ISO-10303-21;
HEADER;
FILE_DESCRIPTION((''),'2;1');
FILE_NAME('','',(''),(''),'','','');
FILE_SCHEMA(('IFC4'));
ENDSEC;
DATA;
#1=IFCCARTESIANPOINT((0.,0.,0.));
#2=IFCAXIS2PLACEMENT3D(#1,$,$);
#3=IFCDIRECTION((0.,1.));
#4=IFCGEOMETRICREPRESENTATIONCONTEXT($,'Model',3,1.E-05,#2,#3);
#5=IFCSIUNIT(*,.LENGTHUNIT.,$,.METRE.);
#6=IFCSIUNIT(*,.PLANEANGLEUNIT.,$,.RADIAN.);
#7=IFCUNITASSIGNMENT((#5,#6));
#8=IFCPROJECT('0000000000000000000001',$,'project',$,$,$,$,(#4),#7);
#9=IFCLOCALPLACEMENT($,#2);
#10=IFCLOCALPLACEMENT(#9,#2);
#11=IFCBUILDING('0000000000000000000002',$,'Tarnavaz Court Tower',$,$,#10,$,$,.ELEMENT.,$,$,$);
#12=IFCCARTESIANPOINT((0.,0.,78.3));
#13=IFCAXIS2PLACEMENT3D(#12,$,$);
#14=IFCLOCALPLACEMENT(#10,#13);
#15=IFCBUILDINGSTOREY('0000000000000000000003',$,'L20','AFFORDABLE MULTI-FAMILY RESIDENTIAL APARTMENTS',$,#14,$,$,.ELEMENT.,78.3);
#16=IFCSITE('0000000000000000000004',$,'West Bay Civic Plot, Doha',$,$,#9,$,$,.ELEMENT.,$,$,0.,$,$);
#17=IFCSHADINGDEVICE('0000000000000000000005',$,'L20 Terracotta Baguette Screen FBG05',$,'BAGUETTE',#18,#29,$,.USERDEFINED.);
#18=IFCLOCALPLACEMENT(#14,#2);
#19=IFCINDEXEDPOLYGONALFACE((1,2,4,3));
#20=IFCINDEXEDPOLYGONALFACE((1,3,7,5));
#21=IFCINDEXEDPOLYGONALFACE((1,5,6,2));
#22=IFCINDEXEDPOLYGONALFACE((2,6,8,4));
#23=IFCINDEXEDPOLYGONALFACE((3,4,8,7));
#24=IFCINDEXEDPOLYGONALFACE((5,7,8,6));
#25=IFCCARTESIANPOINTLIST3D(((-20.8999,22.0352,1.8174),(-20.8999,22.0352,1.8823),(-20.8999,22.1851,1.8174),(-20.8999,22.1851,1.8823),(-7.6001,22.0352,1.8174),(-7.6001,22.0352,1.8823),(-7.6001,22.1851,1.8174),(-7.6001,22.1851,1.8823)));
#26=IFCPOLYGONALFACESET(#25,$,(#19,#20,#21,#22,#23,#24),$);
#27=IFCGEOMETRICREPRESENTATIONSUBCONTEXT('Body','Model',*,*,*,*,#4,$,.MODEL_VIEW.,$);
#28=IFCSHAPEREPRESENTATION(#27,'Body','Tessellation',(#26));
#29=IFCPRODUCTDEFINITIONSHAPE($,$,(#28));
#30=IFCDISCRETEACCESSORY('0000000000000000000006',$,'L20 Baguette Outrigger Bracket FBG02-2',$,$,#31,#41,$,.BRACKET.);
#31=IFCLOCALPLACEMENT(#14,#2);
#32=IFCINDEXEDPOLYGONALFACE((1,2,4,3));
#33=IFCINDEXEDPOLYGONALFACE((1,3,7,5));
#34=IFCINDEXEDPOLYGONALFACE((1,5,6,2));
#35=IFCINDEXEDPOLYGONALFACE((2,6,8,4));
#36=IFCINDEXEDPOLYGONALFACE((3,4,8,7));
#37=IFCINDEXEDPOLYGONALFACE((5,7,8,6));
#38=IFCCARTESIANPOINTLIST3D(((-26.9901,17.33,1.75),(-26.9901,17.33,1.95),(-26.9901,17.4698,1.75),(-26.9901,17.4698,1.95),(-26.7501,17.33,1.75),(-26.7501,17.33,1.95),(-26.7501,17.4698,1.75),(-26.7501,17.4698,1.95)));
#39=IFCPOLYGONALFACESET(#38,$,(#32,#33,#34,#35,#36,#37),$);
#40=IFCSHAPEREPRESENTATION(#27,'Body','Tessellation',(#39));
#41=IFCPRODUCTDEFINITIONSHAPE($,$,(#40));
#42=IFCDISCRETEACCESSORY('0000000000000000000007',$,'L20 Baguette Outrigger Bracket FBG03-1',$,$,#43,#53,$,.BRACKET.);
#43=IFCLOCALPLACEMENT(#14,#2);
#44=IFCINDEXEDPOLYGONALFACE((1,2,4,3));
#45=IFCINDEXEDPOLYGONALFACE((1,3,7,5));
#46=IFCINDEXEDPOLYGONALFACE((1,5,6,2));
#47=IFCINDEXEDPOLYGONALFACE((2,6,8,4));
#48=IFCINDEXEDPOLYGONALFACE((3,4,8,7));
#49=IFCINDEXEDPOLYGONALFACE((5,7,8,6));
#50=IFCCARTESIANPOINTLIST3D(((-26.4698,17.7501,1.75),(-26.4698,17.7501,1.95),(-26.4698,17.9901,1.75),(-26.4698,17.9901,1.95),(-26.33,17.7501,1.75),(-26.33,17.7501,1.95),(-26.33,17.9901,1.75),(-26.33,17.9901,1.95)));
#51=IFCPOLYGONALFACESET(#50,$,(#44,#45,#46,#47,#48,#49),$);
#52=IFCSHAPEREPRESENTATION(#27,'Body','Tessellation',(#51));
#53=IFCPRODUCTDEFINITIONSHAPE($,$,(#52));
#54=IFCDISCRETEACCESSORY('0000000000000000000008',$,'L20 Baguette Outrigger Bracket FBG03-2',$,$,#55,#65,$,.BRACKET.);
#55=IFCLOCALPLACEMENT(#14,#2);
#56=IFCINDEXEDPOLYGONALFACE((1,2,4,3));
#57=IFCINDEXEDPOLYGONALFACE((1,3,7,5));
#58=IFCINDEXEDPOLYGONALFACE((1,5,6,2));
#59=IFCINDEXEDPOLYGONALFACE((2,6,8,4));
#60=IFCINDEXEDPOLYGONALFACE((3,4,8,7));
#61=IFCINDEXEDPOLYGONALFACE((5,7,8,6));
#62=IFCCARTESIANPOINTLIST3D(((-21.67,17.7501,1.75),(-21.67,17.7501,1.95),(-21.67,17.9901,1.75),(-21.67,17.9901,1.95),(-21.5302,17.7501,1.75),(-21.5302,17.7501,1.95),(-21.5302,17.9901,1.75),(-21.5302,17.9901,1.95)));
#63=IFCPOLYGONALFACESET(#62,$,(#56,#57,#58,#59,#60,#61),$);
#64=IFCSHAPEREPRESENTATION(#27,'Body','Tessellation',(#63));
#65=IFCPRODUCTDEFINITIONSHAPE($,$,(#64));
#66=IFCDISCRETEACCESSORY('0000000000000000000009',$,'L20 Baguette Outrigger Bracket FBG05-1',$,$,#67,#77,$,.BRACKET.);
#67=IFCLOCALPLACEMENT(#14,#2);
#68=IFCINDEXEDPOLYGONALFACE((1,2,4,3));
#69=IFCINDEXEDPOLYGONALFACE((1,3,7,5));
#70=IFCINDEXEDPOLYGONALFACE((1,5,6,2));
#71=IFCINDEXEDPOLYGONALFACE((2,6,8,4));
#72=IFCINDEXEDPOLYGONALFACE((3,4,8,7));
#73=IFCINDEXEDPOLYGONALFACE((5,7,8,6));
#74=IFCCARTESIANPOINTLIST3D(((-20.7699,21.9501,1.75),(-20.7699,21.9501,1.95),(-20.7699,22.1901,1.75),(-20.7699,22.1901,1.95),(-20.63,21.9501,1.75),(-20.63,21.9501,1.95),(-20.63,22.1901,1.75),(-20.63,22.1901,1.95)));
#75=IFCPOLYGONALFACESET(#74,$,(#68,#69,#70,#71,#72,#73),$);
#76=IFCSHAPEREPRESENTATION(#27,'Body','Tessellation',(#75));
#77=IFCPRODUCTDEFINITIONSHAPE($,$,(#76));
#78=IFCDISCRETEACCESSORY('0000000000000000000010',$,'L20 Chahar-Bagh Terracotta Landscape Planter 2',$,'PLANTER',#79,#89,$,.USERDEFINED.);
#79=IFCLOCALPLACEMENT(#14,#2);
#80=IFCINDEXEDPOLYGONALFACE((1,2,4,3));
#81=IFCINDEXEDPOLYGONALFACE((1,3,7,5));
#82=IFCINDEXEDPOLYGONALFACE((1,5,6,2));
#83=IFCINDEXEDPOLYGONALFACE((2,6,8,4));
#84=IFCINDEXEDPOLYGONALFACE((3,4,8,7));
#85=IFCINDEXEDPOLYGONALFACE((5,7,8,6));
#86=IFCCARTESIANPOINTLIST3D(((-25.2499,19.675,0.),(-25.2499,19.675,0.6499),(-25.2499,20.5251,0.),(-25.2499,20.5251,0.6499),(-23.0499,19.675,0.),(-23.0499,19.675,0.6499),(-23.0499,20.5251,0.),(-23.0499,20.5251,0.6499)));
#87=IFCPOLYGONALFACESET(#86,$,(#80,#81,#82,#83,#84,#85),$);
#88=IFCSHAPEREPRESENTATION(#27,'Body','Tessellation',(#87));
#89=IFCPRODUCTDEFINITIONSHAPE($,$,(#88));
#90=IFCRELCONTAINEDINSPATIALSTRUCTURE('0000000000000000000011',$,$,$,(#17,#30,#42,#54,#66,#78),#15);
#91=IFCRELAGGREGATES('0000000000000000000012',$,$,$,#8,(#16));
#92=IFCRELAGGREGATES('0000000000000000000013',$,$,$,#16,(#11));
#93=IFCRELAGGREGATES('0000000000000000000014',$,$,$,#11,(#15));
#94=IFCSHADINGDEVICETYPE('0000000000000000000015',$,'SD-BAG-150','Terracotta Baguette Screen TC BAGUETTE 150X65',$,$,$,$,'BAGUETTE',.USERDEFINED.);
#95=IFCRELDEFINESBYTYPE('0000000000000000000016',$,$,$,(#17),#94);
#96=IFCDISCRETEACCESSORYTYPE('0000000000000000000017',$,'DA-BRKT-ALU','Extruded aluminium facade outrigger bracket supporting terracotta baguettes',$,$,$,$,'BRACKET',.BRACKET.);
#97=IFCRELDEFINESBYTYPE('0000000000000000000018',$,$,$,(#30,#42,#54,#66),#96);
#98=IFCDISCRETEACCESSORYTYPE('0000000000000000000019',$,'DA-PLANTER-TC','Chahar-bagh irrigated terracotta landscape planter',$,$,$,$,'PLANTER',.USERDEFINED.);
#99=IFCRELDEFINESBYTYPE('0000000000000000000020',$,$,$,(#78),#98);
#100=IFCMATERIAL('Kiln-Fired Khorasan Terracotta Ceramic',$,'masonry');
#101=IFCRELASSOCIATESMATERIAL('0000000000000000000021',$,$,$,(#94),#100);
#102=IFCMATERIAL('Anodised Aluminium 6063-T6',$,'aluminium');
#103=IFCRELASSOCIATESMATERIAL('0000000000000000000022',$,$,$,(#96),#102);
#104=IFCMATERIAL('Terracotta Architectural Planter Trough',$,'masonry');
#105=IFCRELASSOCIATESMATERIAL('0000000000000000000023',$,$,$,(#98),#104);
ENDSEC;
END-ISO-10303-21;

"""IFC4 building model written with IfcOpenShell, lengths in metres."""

from ifc_helpers import new_model, si_unit, direction, frame, origin, origin_2d, place, context, subcontext, project, spatial, rectangle, extrude, material, material_profile, profile_set, type_object, element, save


model = new_model("IFC4")

# Units and contexts
model_context = context("Model", 3, precision=1e-05, world=origin(), true_north=direction((0.0, 1.0)))
body_context = subcontext(model_context, "Body", "Model", "MODEL_VIEW")
ifc_project = project(units=[si_unit("LENGTHUNIT", "METRE"), si_unit("PLANEANGLEUNIT", "RADIAN")], contexts=[model_context])

# Site, building, storey
site_placement = place(None, origin())
site = spatial("IfcSite", under=ifc_project, at=site_placement, Name="West Bay Civic Plot, Doha", CompositionType="ELEMENT", RefElevation=0.0)
building_placement = place(site_placement, origin())
building = spatial("IfcBuilding", under=site, at=building_placement, Name="Tarnavaz Court Tower", CompositionType="ELEMENT")
storey_placement = place(building_placement, frame((0.0, 0.0, 78.3)))
storey = spatial("IfcBuildingStorey", under=building, at=storey_placement, Name="L20", Description="AFFORDABLE MULTI-FAMILY RESIDENTIAL APARTMENTS", CompositionType="ELEMENT", Elevation=78.3)

# Shading device
ifc_material_1 = material(Name="Kiln-Fired Khorasan Terracotta Ceramic", Category="masonry")
ifc_material_profile_1 = material_profile(ifc_material_1, rectangle(XDim=0.1499, YDim=0.0649, at=origin_2d()), Name="TC BAGUETTE 150X65")
ifc_profile_set_1 = profile_set([ifc_material_profile_1], Name="Kiln-Fired Khorasan Terracotta Ceramic")
shading_device_type = type_object("IfcShadingDeviceType", Name="SD-BAG-150", Description="Terracotta Baguette Screen TC BAGUETTE 150X65", ElementType="BAGUETTE", PredefinedType="USERDEFINED", material=ifc_profile_set_1)
shading_device_1_placement = place(storey_placement, frame((-20.8999, 22.1101, 1.8499), z_axis=(1.0, 0.0, 0.0), x_axis=(0.0, 1.0, 0.0)))
element("IfcShadingDevice", 1, at=shading_device_1_placement, inside=storey, type_object=shading_device_type, Name="L20 Terracotta Baguette Screen FBG05", ObjectType="BAGUETTE", PredefinedType="USERDEFINED", context=body_context, shape_type="SweptSolid", body=[
    extrude(rectangle(XDim=0.1499, YDim=0.0649, at=origin_2d()), origin(), (0.0, 0.0, 1.0), 13.2998),
])

# Discrete accessories
ifc_material_2 = material(Name="Anodised Aluminium 6063-T6", Category="aluminium")
discrete_accessory_type_1 = type_object("IfcDiscreteAccessoryType", Name="DA-BRKT-ALU", Description="Extruded aluminium facade outrigger bracket supporting terracotta baguettes", ElementType="BRACKET", PredefinedType="BRACKET", material=ifc_material_2)
for number, where, z_axis, x_axis, name in (
    (2, (-26.8701, 17.3999, 1.75), (0.0, 0.0, 1.0), (0.0, 1.0, 0.0), "L20 Baguette Outrigger Bracket FBG02-2"),
    (3, (-26.3999, 17.8701, 1.75), (0.0, 0.0, 1.0), (1.0, 0.0, 0.0), "L20 Baguette Outrigger Bracket FBG03-1"),
    (4, (-21.6001, 17.8701, 1.75), (0.0, 0.0, 1.0), (1.0, 0.0, 0.0), "L20 Baguette Outrigger Bracket FBG03-2"),
    (5, (-20.7, 22.0701, 1.75), (0.0, 0.0, 1.0), (1.0, 0.0, 0.0), "L20 Baguette Outrigger Bracket FBG05-1"),
):
    element("IfcDiscreteAccessory", number, at=place(storey_placement, frame(where, z_axis=z_axis, x_axis=x_axis)), inside=storey, type_object=discrete_accessory_type_1, Name=name, PredefinedType="BRACKET", context=body_context, shape_type="SweptSolid", body=[
        extrude(rectangle(XDim=0.1399, YDim=0.24, at=origin_2d()), origin(), (0.0, 0.0, 1.0), 0.2),
    ])
ifc_material_3 = material(Name="Terracotta Architectural Planter Trough", Category="masonry")
discrete_accessory_type_2 = type_object("IfcDiscreteAccessoryType", Name="DA-PLANTER-TC", Description="Chahar-bagh irrigated terracotta landscape planter", ElementType="PLANTER", PredefinedType="USERDEFINED", material=ifc_material_3)
discrete_accessory_placement = place(storey_placement, frame((-24.1499, 20.1001, 0.0), z_axis=(0.0, 0.0, 1.0), x_axis=(1.0, 0.0, 0.0)))
element("IfcDiscreteAccessory", 6, at=discrete_accessory_placement, inside=storey, type_object=discrete_accessory_type_2, Name="L20 Chahar-Bagh Terracotta Landscape Planter 2", ObjectType="PLANTER", PredefinedType="USERDEFINED", context=body_context, shape_type="SweptSolid", body=[
    extrude(rectangle(XDim=2.2, YDim=0.8501, at=origin_2d()), origin(), (0.0, 0.0, 1.0), 0.6499),
])

save(model, "model.ifc")
